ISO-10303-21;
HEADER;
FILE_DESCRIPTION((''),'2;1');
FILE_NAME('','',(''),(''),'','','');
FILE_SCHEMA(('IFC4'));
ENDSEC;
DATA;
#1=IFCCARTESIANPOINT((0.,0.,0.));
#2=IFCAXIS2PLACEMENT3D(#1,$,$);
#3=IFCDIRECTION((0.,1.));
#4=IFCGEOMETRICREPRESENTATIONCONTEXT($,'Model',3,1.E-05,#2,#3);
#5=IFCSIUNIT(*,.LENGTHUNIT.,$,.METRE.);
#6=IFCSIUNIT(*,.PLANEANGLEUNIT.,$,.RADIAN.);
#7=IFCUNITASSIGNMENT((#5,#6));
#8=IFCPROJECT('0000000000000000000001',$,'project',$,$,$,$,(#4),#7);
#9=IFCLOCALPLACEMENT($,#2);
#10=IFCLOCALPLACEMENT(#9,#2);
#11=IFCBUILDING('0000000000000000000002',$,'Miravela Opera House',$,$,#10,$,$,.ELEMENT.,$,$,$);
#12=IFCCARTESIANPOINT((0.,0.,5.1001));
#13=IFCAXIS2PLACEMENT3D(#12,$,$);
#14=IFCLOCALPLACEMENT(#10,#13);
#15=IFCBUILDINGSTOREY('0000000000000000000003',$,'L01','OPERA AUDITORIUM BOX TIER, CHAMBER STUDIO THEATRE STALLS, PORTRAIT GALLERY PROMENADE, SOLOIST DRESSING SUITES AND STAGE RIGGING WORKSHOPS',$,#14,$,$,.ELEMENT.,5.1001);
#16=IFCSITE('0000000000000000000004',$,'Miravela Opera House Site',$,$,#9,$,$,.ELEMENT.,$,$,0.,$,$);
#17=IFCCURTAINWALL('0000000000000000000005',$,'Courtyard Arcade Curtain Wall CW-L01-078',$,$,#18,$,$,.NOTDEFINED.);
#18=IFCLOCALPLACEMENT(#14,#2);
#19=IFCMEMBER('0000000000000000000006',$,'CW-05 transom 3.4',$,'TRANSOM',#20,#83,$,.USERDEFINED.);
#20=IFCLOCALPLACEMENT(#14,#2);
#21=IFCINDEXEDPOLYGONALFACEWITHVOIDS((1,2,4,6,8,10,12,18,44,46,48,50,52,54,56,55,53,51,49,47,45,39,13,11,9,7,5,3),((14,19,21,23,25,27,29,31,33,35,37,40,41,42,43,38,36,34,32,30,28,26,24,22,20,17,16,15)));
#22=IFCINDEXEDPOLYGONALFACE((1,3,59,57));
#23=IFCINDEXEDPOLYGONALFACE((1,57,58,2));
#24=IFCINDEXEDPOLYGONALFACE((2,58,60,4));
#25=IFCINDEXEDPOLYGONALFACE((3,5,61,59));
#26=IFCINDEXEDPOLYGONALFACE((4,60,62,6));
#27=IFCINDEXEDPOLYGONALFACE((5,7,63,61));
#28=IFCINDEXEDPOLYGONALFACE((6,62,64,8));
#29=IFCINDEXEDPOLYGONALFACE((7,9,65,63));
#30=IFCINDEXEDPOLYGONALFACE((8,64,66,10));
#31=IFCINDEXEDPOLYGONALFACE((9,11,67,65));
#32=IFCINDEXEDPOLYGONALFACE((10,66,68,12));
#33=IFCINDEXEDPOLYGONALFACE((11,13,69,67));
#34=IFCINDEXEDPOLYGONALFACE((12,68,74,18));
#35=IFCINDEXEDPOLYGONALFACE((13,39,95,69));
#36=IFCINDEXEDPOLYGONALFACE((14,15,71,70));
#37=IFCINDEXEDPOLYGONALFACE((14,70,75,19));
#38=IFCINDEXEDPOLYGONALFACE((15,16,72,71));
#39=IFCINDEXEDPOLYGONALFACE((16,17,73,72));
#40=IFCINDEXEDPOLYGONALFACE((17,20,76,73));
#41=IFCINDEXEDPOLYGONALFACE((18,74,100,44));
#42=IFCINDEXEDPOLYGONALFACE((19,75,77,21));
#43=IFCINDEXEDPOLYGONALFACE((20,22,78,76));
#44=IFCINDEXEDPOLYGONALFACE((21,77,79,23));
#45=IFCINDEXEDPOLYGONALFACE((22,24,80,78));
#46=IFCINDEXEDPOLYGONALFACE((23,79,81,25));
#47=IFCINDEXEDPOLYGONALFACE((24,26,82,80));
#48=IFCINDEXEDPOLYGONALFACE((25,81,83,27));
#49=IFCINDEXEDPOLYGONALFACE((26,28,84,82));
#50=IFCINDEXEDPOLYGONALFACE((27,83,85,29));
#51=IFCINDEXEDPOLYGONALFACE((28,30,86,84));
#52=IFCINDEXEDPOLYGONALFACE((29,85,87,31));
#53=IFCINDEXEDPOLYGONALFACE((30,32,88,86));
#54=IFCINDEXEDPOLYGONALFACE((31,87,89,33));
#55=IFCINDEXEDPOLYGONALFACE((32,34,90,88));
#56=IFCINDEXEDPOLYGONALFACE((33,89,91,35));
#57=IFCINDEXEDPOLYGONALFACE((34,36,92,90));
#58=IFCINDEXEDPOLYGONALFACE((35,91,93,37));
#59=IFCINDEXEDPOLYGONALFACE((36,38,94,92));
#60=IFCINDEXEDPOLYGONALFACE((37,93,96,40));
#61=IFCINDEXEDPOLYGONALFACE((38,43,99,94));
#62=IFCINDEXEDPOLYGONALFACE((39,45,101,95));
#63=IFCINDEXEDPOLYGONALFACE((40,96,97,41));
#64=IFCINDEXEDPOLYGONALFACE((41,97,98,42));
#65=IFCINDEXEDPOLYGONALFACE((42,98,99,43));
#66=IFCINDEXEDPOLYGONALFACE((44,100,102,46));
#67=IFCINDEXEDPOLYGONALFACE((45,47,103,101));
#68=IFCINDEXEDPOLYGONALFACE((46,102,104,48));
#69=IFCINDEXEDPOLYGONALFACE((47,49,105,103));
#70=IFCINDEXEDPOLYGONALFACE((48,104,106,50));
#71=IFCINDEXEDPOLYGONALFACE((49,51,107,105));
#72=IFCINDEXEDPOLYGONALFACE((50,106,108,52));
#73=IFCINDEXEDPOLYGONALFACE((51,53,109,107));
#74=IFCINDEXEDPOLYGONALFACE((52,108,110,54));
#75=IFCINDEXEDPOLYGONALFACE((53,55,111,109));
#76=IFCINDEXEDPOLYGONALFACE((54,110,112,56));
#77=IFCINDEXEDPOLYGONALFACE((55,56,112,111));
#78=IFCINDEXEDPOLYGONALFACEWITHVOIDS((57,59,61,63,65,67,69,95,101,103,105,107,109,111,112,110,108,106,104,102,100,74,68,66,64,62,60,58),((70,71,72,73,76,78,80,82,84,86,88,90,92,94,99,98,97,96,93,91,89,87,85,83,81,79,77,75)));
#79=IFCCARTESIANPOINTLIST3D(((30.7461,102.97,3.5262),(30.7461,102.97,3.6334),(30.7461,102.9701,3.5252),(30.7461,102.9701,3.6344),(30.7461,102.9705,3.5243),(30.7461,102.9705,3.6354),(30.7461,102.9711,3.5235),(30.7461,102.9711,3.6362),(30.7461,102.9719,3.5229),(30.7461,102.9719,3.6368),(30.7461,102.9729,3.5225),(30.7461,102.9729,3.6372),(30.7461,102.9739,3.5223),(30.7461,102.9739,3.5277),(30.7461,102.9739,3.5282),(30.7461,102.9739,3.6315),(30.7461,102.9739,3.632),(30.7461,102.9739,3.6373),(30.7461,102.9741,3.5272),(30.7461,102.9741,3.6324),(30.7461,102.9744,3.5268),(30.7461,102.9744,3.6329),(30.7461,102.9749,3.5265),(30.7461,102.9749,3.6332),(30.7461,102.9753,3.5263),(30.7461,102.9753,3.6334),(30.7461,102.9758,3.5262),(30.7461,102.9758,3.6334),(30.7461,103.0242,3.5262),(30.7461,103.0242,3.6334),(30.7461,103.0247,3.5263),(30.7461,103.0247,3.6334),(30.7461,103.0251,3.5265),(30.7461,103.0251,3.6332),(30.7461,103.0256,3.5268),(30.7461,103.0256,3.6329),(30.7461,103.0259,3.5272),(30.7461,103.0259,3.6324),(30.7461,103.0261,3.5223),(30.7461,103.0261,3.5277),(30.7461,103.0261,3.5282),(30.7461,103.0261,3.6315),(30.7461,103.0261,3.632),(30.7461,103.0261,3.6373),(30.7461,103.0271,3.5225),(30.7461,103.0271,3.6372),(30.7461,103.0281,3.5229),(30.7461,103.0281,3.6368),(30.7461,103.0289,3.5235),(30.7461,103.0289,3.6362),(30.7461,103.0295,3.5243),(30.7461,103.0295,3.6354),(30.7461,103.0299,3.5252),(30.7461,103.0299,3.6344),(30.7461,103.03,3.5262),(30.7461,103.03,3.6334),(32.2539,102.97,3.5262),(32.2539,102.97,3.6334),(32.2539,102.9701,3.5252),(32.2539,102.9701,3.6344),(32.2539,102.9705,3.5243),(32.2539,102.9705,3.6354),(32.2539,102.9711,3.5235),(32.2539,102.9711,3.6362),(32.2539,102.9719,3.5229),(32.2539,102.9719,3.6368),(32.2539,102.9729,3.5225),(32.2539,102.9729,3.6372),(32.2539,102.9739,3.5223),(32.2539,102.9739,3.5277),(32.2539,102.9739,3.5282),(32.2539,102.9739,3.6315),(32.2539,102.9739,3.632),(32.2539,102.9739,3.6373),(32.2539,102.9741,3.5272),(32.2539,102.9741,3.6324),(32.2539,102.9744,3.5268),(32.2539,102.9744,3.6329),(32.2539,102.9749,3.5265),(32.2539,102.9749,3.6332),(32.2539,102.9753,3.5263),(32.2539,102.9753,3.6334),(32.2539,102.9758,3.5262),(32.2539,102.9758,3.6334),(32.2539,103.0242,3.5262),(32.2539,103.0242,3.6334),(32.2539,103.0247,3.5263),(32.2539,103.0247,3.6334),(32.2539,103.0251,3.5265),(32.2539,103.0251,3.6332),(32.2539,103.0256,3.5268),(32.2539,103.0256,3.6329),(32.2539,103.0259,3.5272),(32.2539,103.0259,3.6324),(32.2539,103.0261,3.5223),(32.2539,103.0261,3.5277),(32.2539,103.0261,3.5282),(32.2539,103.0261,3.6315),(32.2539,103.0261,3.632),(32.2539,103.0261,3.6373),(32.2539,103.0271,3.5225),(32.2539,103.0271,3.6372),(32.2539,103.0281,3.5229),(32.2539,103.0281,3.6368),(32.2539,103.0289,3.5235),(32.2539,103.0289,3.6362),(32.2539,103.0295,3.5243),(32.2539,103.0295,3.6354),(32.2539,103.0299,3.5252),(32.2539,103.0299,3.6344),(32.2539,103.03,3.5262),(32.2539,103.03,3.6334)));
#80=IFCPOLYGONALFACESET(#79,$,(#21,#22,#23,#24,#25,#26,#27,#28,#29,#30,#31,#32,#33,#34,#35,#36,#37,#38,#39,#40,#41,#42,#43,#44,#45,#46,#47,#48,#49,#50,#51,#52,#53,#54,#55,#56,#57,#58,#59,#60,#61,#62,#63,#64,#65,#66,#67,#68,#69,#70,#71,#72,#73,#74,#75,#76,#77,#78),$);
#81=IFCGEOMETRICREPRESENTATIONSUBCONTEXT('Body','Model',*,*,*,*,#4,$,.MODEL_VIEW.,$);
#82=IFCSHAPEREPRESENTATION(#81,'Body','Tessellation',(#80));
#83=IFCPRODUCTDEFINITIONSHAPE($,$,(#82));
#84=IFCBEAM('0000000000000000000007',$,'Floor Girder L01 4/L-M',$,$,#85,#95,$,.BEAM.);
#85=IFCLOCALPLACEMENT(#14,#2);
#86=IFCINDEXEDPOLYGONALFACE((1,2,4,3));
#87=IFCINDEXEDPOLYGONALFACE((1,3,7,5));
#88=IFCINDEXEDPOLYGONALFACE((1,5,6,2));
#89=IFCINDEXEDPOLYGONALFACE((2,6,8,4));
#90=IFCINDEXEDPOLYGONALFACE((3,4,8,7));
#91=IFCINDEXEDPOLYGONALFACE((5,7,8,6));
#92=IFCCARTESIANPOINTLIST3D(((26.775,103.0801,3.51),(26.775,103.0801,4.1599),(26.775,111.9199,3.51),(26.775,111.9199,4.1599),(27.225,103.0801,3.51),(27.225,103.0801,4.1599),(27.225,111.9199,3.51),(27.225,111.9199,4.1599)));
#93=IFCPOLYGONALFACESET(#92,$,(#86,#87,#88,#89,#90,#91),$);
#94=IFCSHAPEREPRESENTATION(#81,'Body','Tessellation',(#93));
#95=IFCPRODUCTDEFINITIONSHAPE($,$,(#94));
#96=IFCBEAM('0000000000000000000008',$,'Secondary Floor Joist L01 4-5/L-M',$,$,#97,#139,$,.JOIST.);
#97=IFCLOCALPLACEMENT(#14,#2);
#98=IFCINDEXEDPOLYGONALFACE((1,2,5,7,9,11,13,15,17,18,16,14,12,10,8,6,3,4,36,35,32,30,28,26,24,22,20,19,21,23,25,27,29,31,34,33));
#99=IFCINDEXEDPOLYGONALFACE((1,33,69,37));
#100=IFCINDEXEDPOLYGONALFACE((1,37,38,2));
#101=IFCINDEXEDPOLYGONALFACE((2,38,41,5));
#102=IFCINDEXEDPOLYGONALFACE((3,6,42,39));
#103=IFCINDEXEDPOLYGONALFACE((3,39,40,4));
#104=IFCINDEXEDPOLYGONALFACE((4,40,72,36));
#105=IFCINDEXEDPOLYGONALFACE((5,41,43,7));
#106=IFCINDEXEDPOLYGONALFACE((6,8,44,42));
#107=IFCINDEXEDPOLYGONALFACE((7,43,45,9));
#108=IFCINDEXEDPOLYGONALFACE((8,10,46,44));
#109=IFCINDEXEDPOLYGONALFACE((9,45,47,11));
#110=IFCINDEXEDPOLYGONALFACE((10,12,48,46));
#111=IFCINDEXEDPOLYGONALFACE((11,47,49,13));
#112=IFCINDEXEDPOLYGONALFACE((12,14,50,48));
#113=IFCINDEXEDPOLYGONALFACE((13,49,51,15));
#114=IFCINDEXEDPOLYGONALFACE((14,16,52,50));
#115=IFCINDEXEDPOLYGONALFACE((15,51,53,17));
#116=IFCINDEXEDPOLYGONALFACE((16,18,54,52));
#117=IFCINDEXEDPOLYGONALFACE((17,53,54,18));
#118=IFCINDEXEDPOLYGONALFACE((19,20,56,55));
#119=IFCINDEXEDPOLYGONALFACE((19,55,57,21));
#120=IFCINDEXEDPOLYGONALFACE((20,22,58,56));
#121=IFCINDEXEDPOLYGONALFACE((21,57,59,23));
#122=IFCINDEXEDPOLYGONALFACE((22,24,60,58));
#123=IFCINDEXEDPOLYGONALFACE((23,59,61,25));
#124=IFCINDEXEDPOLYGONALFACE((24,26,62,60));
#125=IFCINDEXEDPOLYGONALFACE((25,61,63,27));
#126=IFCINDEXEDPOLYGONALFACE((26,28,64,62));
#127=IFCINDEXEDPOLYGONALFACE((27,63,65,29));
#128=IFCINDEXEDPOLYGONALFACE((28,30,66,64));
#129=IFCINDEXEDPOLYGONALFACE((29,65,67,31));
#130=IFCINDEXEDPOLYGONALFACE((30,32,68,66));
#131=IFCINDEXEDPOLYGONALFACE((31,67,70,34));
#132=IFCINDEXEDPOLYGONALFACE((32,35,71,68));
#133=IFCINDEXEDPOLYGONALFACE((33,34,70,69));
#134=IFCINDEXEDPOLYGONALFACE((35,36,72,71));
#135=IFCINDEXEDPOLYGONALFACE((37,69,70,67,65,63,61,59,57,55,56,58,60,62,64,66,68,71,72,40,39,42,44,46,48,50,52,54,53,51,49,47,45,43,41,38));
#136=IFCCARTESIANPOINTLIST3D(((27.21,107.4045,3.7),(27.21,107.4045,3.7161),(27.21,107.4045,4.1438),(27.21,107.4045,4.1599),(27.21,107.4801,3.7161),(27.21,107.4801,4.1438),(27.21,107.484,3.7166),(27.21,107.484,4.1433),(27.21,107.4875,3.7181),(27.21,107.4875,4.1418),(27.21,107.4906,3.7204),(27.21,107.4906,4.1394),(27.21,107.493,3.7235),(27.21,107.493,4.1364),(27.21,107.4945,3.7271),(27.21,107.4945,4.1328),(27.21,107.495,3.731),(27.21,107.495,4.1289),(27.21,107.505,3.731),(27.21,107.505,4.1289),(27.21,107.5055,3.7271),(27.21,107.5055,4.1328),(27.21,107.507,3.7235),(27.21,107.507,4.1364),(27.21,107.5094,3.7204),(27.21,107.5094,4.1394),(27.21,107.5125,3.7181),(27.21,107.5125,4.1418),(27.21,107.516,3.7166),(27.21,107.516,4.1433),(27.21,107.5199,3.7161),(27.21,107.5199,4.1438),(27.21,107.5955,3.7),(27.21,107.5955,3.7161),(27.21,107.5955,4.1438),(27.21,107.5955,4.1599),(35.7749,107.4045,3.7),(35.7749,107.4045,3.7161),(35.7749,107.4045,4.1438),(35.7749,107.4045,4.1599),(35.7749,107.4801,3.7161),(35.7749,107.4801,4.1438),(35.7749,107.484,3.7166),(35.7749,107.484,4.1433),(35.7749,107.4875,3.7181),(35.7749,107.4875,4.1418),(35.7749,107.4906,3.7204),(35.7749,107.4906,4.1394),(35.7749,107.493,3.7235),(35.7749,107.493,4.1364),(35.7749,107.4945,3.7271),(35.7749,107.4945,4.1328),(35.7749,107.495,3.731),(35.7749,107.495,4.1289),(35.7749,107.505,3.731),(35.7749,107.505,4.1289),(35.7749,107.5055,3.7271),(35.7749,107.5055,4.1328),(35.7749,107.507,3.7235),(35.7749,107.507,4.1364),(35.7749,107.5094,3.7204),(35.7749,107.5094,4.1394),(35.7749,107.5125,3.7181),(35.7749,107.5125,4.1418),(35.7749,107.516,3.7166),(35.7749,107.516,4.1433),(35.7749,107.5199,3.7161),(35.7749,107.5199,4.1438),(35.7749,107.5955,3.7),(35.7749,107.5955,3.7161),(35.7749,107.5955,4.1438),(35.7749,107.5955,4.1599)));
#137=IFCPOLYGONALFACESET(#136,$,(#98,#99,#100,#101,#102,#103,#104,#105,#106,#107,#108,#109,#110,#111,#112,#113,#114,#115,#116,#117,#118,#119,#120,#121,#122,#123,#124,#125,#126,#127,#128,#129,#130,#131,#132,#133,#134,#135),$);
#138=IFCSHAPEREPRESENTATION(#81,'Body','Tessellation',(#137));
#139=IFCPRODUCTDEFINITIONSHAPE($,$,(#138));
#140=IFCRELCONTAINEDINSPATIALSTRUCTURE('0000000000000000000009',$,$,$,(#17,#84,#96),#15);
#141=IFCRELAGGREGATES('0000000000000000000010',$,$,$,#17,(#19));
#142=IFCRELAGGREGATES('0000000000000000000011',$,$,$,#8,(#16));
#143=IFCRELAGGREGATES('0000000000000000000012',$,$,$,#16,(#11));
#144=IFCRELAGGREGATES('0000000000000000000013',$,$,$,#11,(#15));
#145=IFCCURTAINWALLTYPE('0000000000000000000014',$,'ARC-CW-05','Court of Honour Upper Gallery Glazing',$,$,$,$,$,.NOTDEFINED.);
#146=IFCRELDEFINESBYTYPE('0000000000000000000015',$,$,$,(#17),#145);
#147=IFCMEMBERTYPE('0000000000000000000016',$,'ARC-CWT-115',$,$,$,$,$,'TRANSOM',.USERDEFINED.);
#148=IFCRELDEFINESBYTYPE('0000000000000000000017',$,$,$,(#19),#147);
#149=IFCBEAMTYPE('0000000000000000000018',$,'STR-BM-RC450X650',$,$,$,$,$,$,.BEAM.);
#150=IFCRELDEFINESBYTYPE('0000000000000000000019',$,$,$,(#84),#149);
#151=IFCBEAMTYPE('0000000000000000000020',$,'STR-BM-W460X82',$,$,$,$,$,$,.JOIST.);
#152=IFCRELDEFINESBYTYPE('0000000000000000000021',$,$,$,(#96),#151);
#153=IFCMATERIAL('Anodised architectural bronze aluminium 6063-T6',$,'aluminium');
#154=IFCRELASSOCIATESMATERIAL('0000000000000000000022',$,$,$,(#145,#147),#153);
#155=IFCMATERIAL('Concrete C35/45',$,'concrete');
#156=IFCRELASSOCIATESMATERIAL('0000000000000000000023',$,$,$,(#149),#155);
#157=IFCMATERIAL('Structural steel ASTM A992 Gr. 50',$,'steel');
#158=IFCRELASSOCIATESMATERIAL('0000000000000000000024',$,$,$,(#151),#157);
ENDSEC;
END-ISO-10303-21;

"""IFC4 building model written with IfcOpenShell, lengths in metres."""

from ifc_helpers import new_model, si_unit, direction, frame, origin, origin_2d, place, context, subcontext, project, spatial, rectangle, hollow_rectangle, i_section, extrude, material, material_profile, profile_set, type_object, element, aggregate, save


model = new_model("IFC4")

# Units and contexts
model_context = context("Model", 3, precision=1e-05, world=origin(), true_north=direction((0.0, 1.0)))
body_context = subcontext(model_context, "Body", "Model", "MODEL_VIEW")
ifc_project = project(units=[si_unit("LENGTHUNIT", "METRE"), si_unit("PLANEANGLEUNIT", "RADIAN")], contexts=[model_context])

# Site, building, storey
site_placement = place(None, origin())
site = spatial("IfcSite", under=ifc_project, at=site_placement, Name="Miravela Opera House Site", CompositionType="ELEMENT", RefElevation=0.0)
building_placement = place(site_placement, origin())
building = spatial("IfcBuilding", under=site, at=building_placement, Name="Miravela Opera House", CompositionType="ELEMENT")
storey_placement = place(building_placement, frame((0.0, 0.0, 5.1001)))
storey = spatial("IfcBuildingStorey", under=building, at=storey_placement, Name="L01", Description="OPERA AUDITORIUM BOX TIER, CHAMBER STUDIO THEATRE STALLS, PORTRAIT GALLERY PROMENADE, SOLOIST DRESSING SUITES AND STAGE RIGGING WORKSHOPS", CompositionType="ELEMENT", Elevation=5.1001)

# Shared definitions
ifc_material_1 = material(Name="Concrete C35/45", Category="concrete")

# Curtain wall, member
ifc_material_2 = material(Name="Anodised architectural bronze aluminium 6063-T6", Category="aluminium")
curtain_wall_type = type_object("IfcCurtainWallType", Name="ARC-CW-05", Description="Court of Honour Upper Gallery Glazing", PredefinedType="NOTDEFINED", material=ifc_material_2)
curtain_wall_placement = place(storey_placement, origin())
curtain_wall = element("IfcCurtainWall", 1, at=curtain_wall_placement, inside=storey, type_object=curtain_wall_type, Name="Courtyard Arcade Curtain Wall CW-L01-078", PredefinedType="NOTDEFINED")
ifc_material_profile_1 = material_profile(ifc_material_2, hollow_rectangle(XDim=0.0601, YDim=0.115, WallThickness=0.0039, InnerFilletRadius=0.002, OuterFilletRadius=0.0039, at=origin_2d()), Name="CWT-60X115")
ifc_profile_set_1 = profile_set([ifc_material_profile_1])
member_type_1 = type_object("IfcMemberType", Name="ARC-CWT-115", ElementType="TRANSOM", PredefinedType="USERDEFINED", material=ifc_profile_set_1)
member_1_placement = place(storey_placement, frame((30.7461, 103.0, 3.5798), z_axis=(1.0, 0.0, 0.0), x_axis=(0.0, 1.0, 0.0)))
member_1 = element("IfcMember", 2, at=member_1_placement, type_object=member_type_1, Name="CW-05 transom 3.4", ObjectType="TRANSOM", PredefinedType="USERDEFINED", context=body_context, shape_type="SweptSolid", body=[
    extrude(hollow_rectangle(XDim=0.0601, YDim=0.115, WallThickness=0.0039, InnerFilletRadius=0.002, OuterFilletRadius=0.0039, at=origin_2d()), origin(), (0.0, 0.0, 1.0), 1.5078),
])

# Beams
ifc_material_profile_2 = material_profile(ifc_material_1, rectangle(XDim=0.45, YDim=0.6499, at=origin_2d()), Name="RC-BM-450X650")
ifc_profile_set_2 = profile_set([ifc_material_profile_2])
beam_type_1 = type_object("IfcBeamType", Name="STR-BM-RC450X650", PredefinedType="BEAM", material=ifc_profile_set_2)
beam_1_placement = place(storey_placement, frame((27.0, 103.0801, 3.835), z_axis=(0.0, 1.0, 0.0), x_axis=(-1.0, 0.0, 0.0)))
element("IfcBeam", 3, at=beam_1_placement, inside=storey, type_object=beam_type_1, Name="Floor Girder L01 4/L-M", PredefinedType="BEAM", context=body_context, shape_type="SweptSolid", body=[
    extrude(rectangle(XDim=0.45, YDim=0.6499, at=origin_2d()), origin(), (0.0, 0.0, 1.0), 8.8398),
])
ifc_material_3 = material(Name="Structural steel ASTM A992 Gr. 50", Category="steel")
ifc_material_profile_3 = material_profile(ifc_material_3, i_section(OverallWidth=0.1909, OverallDepth=0.46, WebThickness=0.01, FlangeThickness=0.0161, FilletRadius=0.0149, at=origin_2d()), Name="W460X82")
ifc_profile_set_3 = profile_set([ifc_material_profile_3])
beam_type_2 = type_object("IfcBeamType", Name="STR-BM-W460X82", PredefinedType="JOIST", material=ifc_profile_set_3)
beam_2_placement = place(storey_placement, frame((27.21, 107.5, 3.9299), z_axis=(1.0, 0.0, 0.0), x_axis=(0.0, 1.0, 0.0)))
element("IfcBeam", 4, at=beam_2_placement, inside=storey, type_object=beam_type_2, Name="Secondary Floor Joist L01 4-5/L-M", PredefinedType="JOIST", context=body_context, shape_type="SweptSolid", body=[
    extrude(i_section(OverallWidth=0.1909, OverallDepth=0.46, WebThickness=0.01, FlangeThickness=0.0161, FilletRadius=0.0149, at=origin_2d()), origin(), (0.0, 0.0, 1.0), 8.5649),
])

aggregate(curtain_wall, [member_1])

save(model, "model.ifc")
